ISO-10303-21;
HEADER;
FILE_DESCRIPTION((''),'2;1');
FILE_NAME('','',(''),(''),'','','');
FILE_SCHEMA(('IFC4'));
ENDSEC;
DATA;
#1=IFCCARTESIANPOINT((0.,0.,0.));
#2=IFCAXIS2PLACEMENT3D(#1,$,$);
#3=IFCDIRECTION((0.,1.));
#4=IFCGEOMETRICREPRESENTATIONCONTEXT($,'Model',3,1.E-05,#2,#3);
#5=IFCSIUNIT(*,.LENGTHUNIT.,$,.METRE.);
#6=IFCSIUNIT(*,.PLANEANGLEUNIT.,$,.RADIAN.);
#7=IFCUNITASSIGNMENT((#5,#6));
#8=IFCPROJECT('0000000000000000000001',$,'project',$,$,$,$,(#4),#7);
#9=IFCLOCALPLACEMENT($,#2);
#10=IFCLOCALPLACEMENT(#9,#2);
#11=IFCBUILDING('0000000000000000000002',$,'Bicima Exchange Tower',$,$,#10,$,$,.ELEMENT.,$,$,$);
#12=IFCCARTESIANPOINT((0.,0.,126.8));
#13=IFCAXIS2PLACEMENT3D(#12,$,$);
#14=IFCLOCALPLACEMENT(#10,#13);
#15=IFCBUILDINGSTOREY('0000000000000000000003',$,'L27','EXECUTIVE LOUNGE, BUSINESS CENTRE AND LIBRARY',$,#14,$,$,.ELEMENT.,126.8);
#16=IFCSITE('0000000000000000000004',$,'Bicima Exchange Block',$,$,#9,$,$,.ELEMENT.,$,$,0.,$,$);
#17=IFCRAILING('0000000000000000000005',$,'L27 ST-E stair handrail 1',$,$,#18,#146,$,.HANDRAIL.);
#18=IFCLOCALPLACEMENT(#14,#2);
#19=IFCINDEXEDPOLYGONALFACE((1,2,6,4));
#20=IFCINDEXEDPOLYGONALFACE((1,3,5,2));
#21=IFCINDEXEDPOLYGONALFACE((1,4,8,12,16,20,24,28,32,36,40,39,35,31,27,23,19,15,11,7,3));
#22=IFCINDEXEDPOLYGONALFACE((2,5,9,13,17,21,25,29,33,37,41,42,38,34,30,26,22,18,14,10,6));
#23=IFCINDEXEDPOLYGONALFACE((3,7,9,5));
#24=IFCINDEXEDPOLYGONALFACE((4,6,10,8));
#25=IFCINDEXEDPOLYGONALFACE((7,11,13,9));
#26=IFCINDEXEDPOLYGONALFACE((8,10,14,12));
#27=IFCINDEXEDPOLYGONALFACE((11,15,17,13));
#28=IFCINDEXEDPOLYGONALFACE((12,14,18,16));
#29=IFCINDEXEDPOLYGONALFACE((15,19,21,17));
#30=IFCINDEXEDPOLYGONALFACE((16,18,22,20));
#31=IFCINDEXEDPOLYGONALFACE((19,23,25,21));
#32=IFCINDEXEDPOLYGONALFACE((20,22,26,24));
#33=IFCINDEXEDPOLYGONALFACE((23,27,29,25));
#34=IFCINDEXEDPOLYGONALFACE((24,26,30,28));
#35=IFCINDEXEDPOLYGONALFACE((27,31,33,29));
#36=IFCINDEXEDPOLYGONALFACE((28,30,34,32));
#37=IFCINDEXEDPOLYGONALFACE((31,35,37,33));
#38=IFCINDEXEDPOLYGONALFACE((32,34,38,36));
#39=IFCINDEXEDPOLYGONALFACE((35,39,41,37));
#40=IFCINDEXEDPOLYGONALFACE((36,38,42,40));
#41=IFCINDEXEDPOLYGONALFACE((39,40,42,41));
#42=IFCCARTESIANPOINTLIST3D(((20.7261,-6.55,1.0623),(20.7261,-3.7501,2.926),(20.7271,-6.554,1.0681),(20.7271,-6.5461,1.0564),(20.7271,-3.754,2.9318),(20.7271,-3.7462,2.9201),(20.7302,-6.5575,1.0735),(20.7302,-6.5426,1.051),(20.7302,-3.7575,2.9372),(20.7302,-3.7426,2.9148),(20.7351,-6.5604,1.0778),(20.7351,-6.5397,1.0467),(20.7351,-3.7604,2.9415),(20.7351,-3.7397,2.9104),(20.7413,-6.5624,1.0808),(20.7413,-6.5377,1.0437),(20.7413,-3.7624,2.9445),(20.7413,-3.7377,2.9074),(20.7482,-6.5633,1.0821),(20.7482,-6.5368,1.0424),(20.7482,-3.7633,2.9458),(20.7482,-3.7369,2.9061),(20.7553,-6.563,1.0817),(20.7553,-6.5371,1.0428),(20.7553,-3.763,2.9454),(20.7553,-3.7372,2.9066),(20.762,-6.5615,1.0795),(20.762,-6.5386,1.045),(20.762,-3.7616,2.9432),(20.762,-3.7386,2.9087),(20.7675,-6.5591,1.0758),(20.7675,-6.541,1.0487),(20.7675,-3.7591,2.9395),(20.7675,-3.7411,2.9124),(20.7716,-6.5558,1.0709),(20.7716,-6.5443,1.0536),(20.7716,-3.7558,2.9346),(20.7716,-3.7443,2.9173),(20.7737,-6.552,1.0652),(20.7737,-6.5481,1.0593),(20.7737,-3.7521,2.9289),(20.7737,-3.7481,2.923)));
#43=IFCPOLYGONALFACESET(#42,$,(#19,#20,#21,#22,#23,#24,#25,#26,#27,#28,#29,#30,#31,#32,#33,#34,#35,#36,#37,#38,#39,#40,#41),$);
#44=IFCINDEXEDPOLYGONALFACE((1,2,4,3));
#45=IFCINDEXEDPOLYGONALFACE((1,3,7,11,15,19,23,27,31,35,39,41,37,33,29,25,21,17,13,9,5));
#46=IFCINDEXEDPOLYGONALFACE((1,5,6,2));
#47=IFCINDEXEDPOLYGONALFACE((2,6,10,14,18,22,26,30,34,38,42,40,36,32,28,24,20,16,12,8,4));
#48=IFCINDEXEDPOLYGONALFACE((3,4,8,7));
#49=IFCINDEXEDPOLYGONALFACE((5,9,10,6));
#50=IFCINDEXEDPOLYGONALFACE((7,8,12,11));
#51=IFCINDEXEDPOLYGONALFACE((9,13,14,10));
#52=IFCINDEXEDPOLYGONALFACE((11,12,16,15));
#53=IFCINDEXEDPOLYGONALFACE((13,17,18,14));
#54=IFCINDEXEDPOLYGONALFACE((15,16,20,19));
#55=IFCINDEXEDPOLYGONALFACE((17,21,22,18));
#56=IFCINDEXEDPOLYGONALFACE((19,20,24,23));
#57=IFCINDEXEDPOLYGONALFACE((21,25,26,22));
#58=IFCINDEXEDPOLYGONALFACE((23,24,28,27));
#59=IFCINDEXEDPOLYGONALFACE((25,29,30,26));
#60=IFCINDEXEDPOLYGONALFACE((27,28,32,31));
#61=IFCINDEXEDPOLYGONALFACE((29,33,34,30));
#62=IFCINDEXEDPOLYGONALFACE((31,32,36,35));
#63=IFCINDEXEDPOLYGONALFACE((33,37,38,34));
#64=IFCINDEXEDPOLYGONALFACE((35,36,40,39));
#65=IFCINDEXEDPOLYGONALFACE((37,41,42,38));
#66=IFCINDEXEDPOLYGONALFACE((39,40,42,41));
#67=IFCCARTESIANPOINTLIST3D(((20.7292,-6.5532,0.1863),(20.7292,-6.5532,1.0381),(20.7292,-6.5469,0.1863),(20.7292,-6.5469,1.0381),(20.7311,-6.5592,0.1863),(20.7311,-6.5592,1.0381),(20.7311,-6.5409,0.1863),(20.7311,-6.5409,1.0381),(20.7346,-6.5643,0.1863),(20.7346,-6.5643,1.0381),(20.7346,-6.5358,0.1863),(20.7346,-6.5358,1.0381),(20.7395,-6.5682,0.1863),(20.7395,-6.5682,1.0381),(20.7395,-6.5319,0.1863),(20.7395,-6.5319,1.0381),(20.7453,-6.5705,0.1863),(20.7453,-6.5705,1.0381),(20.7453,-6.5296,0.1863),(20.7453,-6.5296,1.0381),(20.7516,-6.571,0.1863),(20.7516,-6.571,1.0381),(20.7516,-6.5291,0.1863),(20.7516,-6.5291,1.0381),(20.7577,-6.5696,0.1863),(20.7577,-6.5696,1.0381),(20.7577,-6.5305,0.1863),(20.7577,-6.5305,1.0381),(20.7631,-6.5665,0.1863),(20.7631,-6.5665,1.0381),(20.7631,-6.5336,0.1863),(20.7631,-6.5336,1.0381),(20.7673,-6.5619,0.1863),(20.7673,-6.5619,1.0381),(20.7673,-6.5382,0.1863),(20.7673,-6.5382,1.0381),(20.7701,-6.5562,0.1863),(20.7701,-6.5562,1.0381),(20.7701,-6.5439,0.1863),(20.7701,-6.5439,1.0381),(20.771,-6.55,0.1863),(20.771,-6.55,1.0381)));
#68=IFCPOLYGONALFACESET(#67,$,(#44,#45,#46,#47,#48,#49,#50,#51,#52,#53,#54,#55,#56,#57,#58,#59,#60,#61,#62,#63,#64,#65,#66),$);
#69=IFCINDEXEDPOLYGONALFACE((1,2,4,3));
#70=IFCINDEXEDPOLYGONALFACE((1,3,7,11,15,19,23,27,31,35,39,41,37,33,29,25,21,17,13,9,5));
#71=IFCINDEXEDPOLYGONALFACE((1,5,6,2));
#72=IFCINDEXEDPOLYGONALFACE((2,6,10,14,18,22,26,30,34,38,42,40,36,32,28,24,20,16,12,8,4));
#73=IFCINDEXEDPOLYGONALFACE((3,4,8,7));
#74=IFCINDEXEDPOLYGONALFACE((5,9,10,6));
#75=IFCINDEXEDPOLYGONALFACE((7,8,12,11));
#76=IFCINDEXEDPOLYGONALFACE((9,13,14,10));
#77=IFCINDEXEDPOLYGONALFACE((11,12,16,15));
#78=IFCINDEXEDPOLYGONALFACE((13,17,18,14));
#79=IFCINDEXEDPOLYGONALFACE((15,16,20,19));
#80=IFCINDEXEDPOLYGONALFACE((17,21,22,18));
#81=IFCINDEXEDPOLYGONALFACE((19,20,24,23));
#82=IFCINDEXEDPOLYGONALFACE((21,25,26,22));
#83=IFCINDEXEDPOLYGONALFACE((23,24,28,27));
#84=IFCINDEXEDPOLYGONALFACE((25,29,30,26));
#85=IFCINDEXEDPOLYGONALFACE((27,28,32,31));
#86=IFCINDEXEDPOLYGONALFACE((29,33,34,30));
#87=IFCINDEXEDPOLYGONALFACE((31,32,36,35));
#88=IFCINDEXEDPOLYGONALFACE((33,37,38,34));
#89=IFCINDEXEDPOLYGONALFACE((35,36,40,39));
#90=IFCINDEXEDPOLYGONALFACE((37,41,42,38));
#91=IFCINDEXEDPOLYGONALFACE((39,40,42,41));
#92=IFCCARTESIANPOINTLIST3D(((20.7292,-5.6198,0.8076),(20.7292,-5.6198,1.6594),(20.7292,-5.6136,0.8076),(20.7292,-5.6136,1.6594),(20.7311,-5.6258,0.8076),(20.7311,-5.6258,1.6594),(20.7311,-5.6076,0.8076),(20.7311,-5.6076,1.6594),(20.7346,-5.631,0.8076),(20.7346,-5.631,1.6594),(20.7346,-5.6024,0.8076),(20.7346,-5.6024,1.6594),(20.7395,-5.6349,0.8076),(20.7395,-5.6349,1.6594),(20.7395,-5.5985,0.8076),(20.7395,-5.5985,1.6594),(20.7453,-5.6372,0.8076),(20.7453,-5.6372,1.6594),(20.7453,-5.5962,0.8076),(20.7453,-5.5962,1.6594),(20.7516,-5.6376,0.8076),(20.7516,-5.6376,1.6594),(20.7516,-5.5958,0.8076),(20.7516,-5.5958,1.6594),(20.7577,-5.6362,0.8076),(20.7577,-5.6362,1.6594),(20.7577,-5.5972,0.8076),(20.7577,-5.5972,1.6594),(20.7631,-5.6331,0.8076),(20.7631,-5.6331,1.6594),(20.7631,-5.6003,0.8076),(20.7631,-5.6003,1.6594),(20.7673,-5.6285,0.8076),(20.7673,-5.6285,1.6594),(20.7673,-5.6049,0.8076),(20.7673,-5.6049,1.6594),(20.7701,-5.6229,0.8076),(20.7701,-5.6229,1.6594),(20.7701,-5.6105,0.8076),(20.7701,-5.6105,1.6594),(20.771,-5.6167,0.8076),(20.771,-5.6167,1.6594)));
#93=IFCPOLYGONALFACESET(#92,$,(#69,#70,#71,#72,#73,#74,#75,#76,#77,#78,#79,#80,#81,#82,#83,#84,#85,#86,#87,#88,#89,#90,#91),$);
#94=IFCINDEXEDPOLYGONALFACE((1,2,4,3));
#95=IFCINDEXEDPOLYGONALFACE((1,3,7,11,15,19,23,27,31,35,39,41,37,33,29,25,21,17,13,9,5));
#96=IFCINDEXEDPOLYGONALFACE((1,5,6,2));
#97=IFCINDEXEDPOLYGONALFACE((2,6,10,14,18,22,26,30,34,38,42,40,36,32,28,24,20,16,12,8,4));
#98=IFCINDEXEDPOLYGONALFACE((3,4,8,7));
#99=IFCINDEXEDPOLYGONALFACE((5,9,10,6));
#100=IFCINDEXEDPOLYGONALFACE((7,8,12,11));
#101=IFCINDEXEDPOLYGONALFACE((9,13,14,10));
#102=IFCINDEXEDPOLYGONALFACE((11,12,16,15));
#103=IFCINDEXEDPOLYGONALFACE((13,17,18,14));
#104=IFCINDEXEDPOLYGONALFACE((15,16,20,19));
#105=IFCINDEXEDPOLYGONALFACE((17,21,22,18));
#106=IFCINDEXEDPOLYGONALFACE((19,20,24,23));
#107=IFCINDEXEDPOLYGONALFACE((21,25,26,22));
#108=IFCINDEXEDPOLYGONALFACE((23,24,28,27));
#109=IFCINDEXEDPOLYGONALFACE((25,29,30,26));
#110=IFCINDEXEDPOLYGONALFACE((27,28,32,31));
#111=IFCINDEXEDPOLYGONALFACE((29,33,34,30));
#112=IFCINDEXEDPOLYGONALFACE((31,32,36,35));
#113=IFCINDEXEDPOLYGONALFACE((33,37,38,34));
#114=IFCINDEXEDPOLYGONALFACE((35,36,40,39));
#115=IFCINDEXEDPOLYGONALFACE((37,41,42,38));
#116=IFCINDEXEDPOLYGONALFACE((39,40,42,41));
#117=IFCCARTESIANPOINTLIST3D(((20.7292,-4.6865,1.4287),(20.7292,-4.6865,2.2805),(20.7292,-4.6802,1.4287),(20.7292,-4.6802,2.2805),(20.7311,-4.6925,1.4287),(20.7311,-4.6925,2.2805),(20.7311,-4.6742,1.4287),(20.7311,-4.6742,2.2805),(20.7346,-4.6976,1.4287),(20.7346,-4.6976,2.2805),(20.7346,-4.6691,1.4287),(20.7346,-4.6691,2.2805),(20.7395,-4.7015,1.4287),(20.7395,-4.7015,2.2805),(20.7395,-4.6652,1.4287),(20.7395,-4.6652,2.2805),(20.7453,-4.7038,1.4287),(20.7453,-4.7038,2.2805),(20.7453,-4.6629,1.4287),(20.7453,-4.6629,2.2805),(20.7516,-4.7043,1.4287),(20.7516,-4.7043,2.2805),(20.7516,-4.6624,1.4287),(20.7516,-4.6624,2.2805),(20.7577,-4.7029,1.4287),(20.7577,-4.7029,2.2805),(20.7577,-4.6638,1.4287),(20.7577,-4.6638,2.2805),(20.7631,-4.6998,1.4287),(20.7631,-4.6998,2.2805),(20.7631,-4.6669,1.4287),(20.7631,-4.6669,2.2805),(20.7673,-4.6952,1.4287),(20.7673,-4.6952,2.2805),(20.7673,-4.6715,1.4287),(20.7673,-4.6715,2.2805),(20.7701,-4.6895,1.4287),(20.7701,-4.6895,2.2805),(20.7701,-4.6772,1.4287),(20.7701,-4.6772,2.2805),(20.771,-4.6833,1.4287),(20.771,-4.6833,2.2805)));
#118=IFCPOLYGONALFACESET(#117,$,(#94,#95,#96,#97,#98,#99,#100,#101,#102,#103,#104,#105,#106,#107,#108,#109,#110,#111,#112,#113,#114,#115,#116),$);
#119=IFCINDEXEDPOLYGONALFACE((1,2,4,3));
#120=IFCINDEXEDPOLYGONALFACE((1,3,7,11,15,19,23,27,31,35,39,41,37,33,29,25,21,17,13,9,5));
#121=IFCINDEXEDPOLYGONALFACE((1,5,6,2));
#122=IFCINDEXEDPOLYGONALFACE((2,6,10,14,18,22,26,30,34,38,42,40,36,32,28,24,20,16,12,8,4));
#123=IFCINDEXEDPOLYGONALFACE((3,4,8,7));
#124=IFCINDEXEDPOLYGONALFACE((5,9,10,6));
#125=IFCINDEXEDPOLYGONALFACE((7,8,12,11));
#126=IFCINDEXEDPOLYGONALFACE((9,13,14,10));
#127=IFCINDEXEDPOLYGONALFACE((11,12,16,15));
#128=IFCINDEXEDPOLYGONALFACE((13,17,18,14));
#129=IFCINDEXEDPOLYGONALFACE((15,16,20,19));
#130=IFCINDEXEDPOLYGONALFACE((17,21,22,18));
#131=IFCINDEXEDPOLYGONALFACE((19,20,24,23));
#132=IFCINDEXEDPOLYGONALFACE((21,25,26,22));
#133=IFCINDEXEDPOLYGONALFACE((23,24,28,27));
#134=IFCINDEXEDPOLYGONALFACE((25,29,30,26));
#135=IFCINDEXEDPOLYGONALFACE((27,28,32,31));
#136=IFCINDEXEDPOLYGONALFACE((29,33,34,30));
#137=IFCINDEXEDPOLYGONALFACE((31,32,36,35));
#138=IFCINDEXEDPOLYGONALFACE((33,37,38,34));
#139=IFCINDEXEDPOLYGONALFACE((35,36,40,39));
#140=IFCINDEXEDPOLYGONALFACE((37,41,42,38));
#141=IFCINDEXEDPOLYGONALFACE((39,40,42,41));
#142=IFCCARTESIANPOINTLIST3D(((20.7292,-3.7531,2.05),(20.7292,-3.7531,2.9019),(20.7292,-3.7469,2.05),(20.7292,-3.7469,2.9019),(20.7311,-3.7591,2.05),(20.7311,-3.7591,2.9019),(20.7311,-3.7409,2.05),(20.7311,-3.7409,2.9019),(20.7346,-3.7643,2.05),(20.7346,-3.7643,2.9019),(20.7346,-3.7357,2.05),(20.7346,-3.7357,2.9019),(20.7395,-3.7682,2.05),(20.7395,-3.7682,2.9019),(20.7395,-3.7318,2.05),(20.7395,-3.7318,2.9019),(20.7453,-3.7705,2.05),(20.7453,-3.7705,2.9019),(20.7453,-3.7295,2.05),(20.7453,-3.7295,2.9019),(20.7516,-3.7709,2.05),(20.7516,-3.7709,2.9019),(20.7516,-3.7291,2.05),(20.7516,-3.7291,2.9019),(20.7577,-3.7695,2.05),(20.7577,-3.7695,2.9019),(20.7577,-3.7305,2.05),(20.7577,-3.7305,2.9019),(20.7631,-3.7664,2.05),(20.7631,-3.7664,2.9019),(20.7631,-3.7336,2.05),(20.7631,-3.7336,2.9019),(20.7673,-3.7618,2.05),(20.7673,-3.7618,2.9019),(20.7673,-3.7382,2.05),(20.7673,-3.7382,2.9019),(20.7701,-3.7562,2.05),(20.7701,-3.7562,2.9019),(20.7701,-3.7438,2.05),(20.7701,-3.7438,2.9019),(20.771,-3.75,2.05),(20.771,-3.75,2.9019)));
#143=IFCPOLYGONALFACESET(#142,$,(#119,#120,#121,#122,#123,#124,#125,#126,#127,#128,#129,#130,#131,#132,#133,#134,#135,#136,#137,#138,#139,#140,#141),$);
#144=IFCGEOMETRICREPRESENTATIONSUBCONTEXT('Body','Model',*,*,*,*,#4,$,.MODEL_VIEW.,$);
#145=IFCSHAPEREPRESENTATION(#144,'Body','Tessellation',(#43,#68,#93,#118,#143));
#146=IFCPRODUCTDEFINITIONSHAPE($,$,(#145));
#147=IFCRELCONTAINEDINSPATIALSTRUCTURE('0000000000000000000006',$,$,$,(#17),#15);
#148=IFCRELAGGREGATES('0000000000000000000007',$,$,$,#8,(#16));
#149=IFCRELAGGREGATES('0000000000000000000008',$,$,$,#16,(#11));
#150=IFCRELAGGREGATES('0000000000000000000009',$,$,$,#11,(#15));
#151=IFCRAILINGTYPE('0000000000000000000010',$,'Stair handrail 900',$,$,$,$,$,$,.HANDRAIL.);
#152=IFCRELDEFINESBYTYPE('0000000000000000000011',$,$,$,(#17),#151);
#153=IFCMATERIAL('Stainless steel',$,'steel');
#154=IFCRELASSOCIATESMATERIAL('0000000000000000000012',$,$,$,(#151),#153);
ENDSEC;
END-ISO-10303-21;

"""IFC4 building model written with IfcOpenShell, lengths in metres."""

from ifc_helpers import new_model, si_unit, direction, frame, origin, origin_2d, place, context, subcontext, project, spatial, circle, extrude, material, type_object, element, save


model = new_model("IFC4")

# Units and contexts
model_context = context("Model", 3, precision=1e-05, world=origin(), true_north=direction((0.0, 1.0)))
body_context = subcontext(model_context, "Body", "Model", "MODEL_VIEW")
ifc_project = project(units=[si_unit("LENGTHUNIT", "METRE"), si_unit("PLANEANGLEUNIT", "RADIAN")], contexts=[model_context])

# Site, building, storey
site_placement = place(None, origin())
site = spatial("IfcSite", under=ifc_project, at=site_placement, Name="Bicima Exchange Block", CompositionType="ELEMENT", RefElevation=0.0)
building_placement = place(site_placement, origin())
building = spatial("IfcBuilding", under=site, at=building_placement, Name="Bicima Exchange Tower", CompositionType="ELEMENT")
storey_placement = place(building_placement, frame((0.0, 0.0, 126.8)))
storey = spatial("IfcBuildingStorey", under=building, at=storey_placement, Name="L27", Description="EXECUTIVE LOUNGE, BUSINESS CENTRE AND LIBRARY", CompositionType="ELEMENT", Elevation=126.8)

# Railing
ifc_material_1 = material(Name="Stainless steel", Category="steel")
railing_type = type_object("IfcRailingType", Name="Stair handrail 900", PredefinedType="HANDRAIL", material=ifc_material_1)
railing_1_placement = place(storey_placement, frame((20.75, -6.55, 0.1863)))
element("IfcRailing", 1, at=railing_1_placement, inside=storey, type_object=railing_type, Name="L27 ST-E stair handrail 1", PredefinedType="HANDRAIL", context=body_context, shape_type="SweptSolid", body=[
    extrude(circle(Radius=0.0239, at=origin_2d()), frame((0.0, 0.0, 0.876), z_axis=(0.0, 0.832452, 0.554097), x_axis=(-1.0, 0.0, 0.0)), (0.0, 0.0, 1.0), 3.3635),
    extrude(circle(Radius=0.021, at=origin_2d()), origin(), (0.0, 0.0, 1.0), 0.8518),
    extrude(circle(Radius=0.021, at=origin_2d()), frame((0.0, 0.9333, 0.6213)), (0.0, 0.0, 1.0), 0.8518),
    extrude(circle(Radius=0.021, at=origin_2d()), frame((0.0, 1.8667, 1.2424)), (0.0, 0.0, 1.0), 0.8518),
    extrude(circle(Radius=0.021, at=origin_2d()), frame((0.0, 2.8, 1.8638)), (0.0, 0.0, 1.0), 0.8518),
])

save(model, "model.ifc")
